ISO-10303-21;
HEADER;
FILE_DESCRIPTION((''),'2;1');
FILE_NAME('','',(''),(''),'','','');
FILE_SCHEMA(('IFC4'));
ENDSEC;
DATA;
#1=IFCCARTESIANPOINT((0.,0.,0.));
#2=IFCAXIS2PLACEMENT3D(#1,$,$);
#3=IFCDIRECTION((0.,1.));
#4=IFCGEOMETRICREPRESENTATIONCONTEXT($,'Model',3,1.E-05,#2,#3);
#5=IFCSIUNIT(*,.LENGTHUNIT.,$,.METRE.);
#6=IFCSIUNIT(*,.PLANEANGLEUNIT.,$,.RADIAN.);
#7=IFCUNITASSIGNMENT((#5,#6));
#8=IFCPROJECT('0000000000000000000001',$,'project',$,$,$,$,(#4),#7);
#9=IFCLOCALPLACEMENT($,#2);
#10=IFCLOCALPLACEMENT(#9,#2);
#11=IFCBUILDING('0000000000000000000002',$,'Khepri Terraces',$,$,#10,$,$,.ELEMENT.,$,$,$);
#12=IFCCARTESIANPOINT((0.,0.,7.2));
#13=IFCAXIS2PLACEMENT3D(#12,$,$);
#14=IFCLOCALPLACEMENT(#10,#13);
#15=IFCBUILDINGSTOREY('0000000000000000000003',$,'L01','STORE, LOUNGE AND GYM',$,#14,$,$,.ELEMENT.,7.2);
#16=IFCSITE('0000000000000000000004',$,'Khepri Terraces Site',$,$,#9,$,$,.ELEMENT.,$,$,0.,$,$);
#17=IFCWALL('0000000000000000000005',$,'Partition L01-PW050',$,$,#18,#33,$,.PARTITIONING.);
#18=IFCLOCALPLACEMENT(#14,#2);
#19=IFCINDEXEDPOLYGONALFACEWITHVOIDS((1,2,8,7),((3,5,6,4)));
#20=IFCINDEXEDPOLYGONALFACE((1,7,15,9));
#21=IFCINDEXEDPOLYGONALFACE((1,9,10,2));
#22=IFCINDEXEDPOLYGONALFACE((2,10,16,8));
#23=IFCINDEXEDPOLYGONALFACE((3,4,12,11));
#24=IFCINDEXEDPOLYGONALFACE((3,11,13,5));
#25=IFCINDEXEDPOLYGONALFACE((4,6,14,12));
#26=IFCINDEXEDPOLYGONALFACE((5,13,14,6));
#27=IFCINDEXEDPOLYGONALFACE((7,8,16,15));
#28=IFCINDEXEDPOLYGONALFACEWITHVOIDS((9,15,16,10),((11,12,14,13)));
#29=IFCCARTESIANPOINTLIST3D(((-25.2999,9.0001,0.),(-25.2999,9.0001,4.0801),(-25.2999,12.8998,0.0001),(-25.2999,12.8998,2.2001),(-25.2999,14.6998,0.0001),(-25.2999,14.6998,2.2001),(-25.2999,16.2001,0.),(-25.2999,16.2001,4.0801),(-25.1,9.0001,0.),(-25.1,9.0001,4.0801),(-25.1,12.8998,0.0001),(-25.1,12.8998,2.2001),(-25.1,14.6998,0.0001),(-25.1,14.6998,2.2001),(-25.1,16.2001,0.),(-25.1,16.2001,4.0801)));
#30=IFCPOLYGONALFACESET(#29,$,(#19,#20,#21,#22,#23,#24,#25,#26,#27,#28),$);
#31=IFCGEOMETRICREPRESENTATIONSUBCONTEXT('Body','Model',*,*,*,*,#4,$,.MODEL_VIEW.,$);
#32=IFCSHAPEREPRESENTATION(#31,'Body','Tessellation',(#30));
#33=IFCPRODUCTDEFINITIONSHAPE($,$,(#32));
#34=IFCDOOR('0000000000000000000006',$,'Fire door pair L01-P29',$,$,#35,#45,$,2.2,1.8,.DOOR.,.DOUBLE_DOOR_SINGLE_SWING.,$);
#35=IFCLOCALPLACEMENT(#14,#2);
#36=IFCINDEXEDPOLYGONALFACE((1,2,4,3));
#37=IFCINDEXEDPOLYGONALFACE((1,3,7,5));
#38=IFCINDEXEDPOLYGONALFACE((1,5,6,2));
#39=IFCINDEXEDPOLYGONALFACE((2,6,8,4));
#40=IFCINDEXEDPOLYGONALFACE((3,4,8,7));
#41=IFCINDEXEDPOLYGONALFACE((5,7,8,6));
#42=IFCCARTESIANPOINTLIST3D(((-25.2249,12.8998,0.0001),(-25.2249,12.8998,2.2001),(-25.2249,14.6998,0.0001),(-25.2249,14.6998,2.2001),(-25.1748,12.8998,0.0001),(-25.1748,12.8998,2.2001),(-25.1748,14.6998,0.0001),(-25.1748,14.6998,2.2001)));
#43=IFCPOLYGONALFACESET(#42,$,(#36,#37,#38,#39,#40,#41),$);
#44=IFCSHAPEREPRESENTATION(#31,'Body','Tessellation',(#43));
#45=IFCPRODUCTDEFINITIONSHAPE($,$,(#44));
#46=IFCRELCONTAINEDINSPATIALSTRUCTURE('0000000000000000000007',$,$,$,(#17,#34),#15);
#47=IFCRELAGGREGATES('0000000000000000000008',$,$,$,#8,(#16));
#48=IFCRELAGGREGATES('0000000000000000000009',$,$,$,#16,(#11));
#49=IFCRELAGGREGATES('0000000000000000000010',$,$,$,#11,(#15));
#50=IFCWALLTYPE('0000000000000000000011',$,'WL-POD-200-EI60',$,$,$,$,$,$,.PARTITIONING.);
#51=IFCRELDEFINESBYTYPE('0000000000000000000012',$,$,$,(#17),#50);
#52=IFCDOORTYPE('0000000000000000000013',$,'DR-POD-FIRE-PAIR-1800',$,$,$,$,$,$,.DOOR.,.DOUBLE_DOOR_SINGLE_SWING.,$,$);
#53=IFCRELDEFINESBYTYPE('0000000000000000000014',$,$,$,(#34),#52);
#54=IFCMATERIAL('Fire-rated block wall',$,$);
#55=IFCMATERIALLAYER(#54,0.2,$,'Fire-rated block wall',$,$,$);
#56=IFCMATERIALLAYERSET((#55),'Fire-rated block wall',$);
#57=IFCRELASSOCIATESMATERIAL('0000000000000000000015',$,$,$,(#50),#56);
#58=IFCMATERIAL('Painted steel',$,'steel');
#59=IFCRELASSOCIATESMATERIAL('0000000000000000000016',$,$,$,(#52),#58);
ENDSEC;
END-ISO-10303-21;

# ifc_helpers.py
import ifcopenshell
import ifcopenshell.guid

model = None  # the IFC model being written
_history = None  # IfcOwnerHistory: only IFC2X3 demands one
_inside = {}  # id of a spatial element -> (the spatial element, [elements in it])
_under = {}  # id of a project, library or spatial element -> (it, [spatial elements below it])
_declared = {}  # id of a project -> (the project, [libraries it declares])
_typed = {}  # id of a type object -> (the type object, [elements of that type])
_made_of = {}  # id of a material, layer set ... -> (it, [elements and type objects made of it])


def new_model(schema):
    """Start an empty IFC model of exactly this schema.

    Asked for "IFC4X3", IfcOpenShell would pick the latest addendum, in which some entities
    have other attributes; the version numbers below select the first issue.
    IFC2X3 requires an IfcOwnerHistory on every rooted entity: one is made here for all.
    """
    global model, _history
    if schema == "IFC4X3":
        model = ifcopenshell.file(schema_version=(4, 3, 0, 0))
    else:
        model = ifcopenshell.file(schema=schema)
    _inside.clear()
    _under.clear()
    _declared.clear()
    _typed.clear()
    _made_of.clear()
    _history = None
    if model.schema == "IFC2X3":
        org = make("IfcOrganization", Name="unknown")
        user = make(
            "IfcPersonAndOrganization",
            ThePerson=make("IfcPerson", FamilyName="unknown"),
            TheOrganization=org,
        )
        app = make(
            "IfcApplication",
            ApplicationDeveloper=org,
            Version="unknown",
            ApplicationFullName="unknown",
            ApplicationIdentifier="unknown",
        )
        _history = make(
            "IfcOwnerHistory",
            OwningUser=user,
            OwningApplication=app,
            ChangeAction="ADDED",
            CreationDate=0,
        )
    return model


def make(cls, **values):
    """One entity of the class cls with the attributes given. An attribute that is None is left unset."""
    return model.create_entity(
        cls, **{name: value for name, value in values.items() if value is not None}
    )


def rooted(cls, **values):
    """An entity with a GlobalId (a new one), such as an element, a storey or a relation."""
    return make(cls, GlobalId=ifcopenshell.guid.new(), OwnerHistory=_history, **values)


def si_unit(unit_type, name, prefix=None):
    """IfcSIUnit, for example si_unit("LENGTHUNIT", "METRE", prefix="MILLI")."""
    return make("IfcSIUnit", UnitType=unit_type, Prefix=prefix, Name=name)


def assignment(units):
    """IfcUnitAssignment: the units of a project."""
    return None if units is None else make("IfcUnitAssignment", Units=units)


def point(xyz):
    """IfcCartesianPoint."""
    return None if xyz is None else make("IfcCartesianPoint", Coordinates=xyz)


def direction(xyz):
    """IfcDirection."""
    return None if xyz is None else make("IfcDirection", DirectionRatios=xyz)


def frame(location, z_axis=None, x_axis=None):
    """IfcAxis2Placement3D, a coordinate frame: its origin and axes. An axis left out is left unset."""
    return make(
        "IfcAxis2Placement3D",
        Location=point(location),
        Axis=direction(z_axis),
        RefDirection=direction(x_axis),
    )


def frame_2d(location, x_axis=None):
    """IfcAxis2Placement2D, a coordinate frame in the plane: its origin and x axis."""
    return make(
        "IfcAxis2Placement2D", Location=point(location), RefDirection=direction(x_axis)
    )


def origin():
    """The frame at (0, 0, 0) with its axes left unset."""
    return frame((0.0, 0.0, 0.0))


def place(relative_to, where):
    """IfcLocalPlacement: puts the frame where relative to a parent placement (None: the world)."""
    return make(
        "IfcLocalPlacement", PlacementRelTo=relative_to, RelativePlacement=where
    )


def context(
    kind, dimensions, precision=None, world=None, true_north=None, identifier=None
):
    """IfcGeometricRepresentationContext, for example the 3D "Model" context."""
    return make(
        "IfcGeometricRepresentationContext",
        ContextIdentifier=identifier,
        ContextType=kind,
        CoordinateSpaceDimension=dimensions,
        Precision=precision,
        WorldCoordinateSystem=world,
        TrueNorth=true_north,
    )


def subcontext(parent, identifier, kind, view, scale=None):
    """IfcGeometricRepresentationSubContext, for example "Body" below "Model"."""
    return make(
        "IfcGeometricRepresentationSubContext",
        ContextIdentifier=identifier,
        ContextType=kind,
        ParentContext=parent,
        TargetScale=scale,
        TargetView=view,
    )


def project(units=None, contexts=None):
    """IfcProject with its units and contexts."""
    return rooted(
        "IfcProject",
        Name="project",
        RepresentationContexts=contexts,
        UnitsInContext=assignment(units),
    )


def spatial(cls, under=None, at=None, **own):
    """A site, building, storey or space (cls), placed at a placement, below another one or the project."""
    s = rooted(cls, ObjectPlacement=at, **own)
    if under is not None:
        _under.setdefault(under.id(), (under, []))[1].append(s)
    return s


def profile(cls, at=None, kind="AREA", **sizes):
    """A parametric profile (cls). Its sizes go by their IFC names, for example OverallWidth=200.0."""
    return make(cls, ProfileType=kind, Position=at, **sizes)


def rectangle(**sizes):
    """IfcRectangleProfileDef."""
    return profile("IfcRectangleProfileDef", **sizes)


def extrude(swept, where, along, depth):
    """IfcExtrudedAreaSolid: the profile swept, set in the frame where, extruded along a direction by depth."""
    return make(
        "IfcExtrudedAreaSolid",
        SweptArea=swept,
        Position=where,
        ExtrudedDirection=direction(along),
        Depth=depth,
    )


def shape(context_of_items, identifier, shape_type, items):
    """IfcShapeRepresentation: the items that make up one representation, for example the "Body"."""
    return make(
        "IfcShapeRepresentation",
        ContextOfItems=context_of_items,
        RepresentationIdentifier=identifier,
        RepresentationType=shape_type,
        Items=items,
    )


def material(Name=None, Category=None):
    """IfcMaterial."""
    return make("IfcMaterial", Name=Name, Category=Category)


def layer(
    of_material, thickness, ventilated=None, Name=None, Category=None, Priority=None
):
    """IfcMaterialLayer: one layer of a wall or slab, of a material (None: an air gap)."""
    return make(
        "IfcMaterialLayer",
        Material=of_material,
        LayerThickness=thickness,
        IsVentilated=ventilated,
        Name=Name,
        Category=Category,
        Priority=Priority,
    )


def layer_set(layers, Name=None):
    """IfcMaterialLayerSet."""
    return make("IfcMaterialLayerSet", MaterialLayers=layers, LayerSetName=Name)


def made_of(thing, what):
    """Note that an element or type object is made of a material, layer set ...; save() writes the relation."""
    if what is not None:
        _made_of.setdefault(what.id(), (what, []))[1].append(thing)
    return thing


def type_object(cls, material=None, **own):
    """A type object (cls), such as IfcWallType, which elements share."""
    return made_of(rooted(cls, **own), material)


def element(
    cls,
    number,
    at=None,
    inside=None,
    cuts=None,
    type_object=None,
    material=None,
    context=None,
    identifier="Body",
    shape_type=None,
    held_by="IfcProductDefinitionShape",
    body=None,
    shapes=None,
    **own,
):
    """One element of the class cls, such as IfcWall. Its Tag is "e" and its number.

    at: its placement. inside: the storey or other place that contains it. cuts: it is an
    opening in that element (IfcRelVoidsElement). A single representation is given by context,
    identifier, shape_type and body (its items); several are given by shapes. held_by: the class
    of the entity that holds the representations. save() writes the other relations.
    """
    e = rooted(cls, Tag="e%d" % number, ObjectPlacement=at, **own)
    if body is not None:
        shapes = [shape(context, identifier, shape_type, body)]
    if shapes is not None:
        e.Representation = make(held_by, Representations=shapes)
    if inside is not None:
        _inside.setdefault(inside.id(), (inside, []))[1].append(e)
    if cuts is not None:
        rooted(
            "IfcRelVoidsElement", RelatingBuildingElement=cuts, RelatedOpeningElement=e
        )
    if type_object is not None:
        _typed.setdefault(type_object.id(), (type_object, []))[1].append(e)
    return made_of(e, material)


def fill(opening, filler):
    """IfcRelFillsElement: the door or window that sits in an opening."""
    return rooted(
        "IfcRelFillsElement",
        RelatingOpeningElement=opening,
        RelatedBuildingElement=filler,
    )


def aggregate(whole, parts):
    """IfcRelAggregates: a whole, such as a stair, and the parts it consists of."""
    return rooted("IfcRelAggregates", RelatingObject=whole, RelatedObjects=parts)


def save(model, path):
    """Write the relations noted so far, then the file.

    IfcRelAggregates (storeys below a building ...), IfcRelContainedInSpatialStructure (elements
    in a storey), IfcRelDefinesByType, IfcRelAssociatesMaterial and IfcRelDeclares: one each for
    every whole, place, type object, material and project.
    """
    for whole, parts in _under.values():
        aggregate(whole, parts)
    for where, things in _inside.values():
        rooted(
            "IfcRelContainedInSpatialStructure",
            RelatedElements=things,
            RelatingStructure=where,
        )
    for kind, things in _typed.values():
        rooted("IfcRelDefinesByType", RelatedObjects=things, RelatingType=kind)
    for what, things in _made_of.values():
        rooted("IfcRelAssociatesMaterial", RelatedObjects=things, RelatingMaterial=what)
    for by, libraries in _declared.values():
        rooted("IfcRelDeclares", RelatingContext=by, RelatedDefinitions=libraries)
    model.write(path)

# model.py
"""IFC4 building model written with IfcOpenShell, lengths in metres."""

from ifc_helpers import new_model, si_unit, direction, frame, frame_2d, origin, place, context, subcontext, project, spatial, rectangle, extrude, material, layer, layer_set, type_object, element, fill, save


model = new_model("IFC4")

# Units and contexts
model_context = context("Model", 3, precision=1e-05, world=origin(), true_north=direction((0.0, 1.0)))
body_context = subcontext(model_context, "Body", "Model", "MODEL_VIEW")
ifc_project = project(units=[si_unit("LENGTHUNIT", "METRE"), si_unit("PLANEANGLEUNIT", "RADIAN")], contexts=[model_context])

# Site, building, storey
site_placement = place(None, origin())
site = spatial("IfcSite", under=ifc_project, at=site_placement, Name="Khepri Terraces Site", CompositionType="ELEMENT", RefElevation=0.0)
building_placement = place(site_placement, origin())
building = spatial("IfcBuilding", under=site, at=building_placement, Name="Khepri Terraces", CompositionType="ELEMENT")
storey_placement = place(building_placement, frame((0.0, 0.0, 7.2)))
storey = spatial("IfcBuildingStorey", under=building, at=storey_placement, Name="L01", Description="STORE, LOUNGE AND GYM", CompositionType="ELEMENT", Elevation=7.2)

# Shared definitions
ifc_material_1 = material(Name="Fire-rated block wall")
ifc_layer_1 = layer(ifc_material_1, 0.2, Name="Fire-rated block wall")
ifc_layer_set_1 = layer_set([ifc_layer_1], Name="Fire-rated block wall")
wall_type_1 = type_object("IfcWallType", Name="WL-POD-200-EI60", PredefinedType="PARTITIONING", material=ifc_layer_set_1)

# Wall, opening, door
wall_1_placement = place(storey_placement, frame((-25.2, 9.0, 0.0), z_axis=(0.0, 0.0, 1.0), x_axis=(0.0, 1.0, 0.0)))
wall_1 = element("IfcWall", 1, at=wall_1_placement, inside=storey, type_object=wall_type_1, Name="Partition L01-PW050", PredefinedType="PARTITIONING", context=body_context, shape_type="SweptSolid", body=[
    extrude(rectangle(XDim=7.2, YDim=0.2, at=frame_2d((3.6001, 0.0))), origin(), (0.0, 0.0, 1.0), 4.0801),
])
opening_1_placement = place(wall_1_placement, frame((3.8999, 0.0, 0.0)))
opening_1 = element("IfcOpeningElement", 2, at=opening_1_placement, cuts=wall_1, PredefinedType="OPENING", context=body_context, shape_type="SweptSolid", body=[
    extrude(rectangle(XDim=1.8, YDim=2.2, at=frame_2d((0.8999, 1.1001))), frame((0.0, 0.1099, 0.0), z_axis=(0.0, -1.0, 0.0), x_axis=(1.0, 0.0, 0.0)), (0.0, 0.0, 1.0), 0.22),
])
ifc_material_2 = material(Name="Painted steel", Category="steel")
door_type = type_object("IfcDoorType", Name="DR-POD-FIRE-PAIR-1800", OperationType="DOUBLE_DOOR_SINGLE_SWING", PredefinedType="DOOR", material=ifc_material_2)
door_placement = place(opening_1_placement, origin())
door = element("IfcDoor", 3, at=door_placement, inside=storey, type_object=door_type, Name="Fire door pair L01-P29", OperationType="DOUBLE_DOOR_SINGLE_SWING", OverallHeight=2.2, OverallWidth=1.8, PredefinedType="DOOR", context=body_context, shape_type="SweptSolid", body=[
    extrude(rectangle(XDim=1.8, YDim=2.2, at=frame_2d((0.8999, 1.1001))), frame((0.0, 0.0249, 0.0), z_axis=(0.0, -1.0, 0.0), x_axis=(1.0, 0.0, 0.0)), (0.0, 0.0, 1.0), 0.05),
])
fill(opening_1, door)

save(model, "model.ifc")
